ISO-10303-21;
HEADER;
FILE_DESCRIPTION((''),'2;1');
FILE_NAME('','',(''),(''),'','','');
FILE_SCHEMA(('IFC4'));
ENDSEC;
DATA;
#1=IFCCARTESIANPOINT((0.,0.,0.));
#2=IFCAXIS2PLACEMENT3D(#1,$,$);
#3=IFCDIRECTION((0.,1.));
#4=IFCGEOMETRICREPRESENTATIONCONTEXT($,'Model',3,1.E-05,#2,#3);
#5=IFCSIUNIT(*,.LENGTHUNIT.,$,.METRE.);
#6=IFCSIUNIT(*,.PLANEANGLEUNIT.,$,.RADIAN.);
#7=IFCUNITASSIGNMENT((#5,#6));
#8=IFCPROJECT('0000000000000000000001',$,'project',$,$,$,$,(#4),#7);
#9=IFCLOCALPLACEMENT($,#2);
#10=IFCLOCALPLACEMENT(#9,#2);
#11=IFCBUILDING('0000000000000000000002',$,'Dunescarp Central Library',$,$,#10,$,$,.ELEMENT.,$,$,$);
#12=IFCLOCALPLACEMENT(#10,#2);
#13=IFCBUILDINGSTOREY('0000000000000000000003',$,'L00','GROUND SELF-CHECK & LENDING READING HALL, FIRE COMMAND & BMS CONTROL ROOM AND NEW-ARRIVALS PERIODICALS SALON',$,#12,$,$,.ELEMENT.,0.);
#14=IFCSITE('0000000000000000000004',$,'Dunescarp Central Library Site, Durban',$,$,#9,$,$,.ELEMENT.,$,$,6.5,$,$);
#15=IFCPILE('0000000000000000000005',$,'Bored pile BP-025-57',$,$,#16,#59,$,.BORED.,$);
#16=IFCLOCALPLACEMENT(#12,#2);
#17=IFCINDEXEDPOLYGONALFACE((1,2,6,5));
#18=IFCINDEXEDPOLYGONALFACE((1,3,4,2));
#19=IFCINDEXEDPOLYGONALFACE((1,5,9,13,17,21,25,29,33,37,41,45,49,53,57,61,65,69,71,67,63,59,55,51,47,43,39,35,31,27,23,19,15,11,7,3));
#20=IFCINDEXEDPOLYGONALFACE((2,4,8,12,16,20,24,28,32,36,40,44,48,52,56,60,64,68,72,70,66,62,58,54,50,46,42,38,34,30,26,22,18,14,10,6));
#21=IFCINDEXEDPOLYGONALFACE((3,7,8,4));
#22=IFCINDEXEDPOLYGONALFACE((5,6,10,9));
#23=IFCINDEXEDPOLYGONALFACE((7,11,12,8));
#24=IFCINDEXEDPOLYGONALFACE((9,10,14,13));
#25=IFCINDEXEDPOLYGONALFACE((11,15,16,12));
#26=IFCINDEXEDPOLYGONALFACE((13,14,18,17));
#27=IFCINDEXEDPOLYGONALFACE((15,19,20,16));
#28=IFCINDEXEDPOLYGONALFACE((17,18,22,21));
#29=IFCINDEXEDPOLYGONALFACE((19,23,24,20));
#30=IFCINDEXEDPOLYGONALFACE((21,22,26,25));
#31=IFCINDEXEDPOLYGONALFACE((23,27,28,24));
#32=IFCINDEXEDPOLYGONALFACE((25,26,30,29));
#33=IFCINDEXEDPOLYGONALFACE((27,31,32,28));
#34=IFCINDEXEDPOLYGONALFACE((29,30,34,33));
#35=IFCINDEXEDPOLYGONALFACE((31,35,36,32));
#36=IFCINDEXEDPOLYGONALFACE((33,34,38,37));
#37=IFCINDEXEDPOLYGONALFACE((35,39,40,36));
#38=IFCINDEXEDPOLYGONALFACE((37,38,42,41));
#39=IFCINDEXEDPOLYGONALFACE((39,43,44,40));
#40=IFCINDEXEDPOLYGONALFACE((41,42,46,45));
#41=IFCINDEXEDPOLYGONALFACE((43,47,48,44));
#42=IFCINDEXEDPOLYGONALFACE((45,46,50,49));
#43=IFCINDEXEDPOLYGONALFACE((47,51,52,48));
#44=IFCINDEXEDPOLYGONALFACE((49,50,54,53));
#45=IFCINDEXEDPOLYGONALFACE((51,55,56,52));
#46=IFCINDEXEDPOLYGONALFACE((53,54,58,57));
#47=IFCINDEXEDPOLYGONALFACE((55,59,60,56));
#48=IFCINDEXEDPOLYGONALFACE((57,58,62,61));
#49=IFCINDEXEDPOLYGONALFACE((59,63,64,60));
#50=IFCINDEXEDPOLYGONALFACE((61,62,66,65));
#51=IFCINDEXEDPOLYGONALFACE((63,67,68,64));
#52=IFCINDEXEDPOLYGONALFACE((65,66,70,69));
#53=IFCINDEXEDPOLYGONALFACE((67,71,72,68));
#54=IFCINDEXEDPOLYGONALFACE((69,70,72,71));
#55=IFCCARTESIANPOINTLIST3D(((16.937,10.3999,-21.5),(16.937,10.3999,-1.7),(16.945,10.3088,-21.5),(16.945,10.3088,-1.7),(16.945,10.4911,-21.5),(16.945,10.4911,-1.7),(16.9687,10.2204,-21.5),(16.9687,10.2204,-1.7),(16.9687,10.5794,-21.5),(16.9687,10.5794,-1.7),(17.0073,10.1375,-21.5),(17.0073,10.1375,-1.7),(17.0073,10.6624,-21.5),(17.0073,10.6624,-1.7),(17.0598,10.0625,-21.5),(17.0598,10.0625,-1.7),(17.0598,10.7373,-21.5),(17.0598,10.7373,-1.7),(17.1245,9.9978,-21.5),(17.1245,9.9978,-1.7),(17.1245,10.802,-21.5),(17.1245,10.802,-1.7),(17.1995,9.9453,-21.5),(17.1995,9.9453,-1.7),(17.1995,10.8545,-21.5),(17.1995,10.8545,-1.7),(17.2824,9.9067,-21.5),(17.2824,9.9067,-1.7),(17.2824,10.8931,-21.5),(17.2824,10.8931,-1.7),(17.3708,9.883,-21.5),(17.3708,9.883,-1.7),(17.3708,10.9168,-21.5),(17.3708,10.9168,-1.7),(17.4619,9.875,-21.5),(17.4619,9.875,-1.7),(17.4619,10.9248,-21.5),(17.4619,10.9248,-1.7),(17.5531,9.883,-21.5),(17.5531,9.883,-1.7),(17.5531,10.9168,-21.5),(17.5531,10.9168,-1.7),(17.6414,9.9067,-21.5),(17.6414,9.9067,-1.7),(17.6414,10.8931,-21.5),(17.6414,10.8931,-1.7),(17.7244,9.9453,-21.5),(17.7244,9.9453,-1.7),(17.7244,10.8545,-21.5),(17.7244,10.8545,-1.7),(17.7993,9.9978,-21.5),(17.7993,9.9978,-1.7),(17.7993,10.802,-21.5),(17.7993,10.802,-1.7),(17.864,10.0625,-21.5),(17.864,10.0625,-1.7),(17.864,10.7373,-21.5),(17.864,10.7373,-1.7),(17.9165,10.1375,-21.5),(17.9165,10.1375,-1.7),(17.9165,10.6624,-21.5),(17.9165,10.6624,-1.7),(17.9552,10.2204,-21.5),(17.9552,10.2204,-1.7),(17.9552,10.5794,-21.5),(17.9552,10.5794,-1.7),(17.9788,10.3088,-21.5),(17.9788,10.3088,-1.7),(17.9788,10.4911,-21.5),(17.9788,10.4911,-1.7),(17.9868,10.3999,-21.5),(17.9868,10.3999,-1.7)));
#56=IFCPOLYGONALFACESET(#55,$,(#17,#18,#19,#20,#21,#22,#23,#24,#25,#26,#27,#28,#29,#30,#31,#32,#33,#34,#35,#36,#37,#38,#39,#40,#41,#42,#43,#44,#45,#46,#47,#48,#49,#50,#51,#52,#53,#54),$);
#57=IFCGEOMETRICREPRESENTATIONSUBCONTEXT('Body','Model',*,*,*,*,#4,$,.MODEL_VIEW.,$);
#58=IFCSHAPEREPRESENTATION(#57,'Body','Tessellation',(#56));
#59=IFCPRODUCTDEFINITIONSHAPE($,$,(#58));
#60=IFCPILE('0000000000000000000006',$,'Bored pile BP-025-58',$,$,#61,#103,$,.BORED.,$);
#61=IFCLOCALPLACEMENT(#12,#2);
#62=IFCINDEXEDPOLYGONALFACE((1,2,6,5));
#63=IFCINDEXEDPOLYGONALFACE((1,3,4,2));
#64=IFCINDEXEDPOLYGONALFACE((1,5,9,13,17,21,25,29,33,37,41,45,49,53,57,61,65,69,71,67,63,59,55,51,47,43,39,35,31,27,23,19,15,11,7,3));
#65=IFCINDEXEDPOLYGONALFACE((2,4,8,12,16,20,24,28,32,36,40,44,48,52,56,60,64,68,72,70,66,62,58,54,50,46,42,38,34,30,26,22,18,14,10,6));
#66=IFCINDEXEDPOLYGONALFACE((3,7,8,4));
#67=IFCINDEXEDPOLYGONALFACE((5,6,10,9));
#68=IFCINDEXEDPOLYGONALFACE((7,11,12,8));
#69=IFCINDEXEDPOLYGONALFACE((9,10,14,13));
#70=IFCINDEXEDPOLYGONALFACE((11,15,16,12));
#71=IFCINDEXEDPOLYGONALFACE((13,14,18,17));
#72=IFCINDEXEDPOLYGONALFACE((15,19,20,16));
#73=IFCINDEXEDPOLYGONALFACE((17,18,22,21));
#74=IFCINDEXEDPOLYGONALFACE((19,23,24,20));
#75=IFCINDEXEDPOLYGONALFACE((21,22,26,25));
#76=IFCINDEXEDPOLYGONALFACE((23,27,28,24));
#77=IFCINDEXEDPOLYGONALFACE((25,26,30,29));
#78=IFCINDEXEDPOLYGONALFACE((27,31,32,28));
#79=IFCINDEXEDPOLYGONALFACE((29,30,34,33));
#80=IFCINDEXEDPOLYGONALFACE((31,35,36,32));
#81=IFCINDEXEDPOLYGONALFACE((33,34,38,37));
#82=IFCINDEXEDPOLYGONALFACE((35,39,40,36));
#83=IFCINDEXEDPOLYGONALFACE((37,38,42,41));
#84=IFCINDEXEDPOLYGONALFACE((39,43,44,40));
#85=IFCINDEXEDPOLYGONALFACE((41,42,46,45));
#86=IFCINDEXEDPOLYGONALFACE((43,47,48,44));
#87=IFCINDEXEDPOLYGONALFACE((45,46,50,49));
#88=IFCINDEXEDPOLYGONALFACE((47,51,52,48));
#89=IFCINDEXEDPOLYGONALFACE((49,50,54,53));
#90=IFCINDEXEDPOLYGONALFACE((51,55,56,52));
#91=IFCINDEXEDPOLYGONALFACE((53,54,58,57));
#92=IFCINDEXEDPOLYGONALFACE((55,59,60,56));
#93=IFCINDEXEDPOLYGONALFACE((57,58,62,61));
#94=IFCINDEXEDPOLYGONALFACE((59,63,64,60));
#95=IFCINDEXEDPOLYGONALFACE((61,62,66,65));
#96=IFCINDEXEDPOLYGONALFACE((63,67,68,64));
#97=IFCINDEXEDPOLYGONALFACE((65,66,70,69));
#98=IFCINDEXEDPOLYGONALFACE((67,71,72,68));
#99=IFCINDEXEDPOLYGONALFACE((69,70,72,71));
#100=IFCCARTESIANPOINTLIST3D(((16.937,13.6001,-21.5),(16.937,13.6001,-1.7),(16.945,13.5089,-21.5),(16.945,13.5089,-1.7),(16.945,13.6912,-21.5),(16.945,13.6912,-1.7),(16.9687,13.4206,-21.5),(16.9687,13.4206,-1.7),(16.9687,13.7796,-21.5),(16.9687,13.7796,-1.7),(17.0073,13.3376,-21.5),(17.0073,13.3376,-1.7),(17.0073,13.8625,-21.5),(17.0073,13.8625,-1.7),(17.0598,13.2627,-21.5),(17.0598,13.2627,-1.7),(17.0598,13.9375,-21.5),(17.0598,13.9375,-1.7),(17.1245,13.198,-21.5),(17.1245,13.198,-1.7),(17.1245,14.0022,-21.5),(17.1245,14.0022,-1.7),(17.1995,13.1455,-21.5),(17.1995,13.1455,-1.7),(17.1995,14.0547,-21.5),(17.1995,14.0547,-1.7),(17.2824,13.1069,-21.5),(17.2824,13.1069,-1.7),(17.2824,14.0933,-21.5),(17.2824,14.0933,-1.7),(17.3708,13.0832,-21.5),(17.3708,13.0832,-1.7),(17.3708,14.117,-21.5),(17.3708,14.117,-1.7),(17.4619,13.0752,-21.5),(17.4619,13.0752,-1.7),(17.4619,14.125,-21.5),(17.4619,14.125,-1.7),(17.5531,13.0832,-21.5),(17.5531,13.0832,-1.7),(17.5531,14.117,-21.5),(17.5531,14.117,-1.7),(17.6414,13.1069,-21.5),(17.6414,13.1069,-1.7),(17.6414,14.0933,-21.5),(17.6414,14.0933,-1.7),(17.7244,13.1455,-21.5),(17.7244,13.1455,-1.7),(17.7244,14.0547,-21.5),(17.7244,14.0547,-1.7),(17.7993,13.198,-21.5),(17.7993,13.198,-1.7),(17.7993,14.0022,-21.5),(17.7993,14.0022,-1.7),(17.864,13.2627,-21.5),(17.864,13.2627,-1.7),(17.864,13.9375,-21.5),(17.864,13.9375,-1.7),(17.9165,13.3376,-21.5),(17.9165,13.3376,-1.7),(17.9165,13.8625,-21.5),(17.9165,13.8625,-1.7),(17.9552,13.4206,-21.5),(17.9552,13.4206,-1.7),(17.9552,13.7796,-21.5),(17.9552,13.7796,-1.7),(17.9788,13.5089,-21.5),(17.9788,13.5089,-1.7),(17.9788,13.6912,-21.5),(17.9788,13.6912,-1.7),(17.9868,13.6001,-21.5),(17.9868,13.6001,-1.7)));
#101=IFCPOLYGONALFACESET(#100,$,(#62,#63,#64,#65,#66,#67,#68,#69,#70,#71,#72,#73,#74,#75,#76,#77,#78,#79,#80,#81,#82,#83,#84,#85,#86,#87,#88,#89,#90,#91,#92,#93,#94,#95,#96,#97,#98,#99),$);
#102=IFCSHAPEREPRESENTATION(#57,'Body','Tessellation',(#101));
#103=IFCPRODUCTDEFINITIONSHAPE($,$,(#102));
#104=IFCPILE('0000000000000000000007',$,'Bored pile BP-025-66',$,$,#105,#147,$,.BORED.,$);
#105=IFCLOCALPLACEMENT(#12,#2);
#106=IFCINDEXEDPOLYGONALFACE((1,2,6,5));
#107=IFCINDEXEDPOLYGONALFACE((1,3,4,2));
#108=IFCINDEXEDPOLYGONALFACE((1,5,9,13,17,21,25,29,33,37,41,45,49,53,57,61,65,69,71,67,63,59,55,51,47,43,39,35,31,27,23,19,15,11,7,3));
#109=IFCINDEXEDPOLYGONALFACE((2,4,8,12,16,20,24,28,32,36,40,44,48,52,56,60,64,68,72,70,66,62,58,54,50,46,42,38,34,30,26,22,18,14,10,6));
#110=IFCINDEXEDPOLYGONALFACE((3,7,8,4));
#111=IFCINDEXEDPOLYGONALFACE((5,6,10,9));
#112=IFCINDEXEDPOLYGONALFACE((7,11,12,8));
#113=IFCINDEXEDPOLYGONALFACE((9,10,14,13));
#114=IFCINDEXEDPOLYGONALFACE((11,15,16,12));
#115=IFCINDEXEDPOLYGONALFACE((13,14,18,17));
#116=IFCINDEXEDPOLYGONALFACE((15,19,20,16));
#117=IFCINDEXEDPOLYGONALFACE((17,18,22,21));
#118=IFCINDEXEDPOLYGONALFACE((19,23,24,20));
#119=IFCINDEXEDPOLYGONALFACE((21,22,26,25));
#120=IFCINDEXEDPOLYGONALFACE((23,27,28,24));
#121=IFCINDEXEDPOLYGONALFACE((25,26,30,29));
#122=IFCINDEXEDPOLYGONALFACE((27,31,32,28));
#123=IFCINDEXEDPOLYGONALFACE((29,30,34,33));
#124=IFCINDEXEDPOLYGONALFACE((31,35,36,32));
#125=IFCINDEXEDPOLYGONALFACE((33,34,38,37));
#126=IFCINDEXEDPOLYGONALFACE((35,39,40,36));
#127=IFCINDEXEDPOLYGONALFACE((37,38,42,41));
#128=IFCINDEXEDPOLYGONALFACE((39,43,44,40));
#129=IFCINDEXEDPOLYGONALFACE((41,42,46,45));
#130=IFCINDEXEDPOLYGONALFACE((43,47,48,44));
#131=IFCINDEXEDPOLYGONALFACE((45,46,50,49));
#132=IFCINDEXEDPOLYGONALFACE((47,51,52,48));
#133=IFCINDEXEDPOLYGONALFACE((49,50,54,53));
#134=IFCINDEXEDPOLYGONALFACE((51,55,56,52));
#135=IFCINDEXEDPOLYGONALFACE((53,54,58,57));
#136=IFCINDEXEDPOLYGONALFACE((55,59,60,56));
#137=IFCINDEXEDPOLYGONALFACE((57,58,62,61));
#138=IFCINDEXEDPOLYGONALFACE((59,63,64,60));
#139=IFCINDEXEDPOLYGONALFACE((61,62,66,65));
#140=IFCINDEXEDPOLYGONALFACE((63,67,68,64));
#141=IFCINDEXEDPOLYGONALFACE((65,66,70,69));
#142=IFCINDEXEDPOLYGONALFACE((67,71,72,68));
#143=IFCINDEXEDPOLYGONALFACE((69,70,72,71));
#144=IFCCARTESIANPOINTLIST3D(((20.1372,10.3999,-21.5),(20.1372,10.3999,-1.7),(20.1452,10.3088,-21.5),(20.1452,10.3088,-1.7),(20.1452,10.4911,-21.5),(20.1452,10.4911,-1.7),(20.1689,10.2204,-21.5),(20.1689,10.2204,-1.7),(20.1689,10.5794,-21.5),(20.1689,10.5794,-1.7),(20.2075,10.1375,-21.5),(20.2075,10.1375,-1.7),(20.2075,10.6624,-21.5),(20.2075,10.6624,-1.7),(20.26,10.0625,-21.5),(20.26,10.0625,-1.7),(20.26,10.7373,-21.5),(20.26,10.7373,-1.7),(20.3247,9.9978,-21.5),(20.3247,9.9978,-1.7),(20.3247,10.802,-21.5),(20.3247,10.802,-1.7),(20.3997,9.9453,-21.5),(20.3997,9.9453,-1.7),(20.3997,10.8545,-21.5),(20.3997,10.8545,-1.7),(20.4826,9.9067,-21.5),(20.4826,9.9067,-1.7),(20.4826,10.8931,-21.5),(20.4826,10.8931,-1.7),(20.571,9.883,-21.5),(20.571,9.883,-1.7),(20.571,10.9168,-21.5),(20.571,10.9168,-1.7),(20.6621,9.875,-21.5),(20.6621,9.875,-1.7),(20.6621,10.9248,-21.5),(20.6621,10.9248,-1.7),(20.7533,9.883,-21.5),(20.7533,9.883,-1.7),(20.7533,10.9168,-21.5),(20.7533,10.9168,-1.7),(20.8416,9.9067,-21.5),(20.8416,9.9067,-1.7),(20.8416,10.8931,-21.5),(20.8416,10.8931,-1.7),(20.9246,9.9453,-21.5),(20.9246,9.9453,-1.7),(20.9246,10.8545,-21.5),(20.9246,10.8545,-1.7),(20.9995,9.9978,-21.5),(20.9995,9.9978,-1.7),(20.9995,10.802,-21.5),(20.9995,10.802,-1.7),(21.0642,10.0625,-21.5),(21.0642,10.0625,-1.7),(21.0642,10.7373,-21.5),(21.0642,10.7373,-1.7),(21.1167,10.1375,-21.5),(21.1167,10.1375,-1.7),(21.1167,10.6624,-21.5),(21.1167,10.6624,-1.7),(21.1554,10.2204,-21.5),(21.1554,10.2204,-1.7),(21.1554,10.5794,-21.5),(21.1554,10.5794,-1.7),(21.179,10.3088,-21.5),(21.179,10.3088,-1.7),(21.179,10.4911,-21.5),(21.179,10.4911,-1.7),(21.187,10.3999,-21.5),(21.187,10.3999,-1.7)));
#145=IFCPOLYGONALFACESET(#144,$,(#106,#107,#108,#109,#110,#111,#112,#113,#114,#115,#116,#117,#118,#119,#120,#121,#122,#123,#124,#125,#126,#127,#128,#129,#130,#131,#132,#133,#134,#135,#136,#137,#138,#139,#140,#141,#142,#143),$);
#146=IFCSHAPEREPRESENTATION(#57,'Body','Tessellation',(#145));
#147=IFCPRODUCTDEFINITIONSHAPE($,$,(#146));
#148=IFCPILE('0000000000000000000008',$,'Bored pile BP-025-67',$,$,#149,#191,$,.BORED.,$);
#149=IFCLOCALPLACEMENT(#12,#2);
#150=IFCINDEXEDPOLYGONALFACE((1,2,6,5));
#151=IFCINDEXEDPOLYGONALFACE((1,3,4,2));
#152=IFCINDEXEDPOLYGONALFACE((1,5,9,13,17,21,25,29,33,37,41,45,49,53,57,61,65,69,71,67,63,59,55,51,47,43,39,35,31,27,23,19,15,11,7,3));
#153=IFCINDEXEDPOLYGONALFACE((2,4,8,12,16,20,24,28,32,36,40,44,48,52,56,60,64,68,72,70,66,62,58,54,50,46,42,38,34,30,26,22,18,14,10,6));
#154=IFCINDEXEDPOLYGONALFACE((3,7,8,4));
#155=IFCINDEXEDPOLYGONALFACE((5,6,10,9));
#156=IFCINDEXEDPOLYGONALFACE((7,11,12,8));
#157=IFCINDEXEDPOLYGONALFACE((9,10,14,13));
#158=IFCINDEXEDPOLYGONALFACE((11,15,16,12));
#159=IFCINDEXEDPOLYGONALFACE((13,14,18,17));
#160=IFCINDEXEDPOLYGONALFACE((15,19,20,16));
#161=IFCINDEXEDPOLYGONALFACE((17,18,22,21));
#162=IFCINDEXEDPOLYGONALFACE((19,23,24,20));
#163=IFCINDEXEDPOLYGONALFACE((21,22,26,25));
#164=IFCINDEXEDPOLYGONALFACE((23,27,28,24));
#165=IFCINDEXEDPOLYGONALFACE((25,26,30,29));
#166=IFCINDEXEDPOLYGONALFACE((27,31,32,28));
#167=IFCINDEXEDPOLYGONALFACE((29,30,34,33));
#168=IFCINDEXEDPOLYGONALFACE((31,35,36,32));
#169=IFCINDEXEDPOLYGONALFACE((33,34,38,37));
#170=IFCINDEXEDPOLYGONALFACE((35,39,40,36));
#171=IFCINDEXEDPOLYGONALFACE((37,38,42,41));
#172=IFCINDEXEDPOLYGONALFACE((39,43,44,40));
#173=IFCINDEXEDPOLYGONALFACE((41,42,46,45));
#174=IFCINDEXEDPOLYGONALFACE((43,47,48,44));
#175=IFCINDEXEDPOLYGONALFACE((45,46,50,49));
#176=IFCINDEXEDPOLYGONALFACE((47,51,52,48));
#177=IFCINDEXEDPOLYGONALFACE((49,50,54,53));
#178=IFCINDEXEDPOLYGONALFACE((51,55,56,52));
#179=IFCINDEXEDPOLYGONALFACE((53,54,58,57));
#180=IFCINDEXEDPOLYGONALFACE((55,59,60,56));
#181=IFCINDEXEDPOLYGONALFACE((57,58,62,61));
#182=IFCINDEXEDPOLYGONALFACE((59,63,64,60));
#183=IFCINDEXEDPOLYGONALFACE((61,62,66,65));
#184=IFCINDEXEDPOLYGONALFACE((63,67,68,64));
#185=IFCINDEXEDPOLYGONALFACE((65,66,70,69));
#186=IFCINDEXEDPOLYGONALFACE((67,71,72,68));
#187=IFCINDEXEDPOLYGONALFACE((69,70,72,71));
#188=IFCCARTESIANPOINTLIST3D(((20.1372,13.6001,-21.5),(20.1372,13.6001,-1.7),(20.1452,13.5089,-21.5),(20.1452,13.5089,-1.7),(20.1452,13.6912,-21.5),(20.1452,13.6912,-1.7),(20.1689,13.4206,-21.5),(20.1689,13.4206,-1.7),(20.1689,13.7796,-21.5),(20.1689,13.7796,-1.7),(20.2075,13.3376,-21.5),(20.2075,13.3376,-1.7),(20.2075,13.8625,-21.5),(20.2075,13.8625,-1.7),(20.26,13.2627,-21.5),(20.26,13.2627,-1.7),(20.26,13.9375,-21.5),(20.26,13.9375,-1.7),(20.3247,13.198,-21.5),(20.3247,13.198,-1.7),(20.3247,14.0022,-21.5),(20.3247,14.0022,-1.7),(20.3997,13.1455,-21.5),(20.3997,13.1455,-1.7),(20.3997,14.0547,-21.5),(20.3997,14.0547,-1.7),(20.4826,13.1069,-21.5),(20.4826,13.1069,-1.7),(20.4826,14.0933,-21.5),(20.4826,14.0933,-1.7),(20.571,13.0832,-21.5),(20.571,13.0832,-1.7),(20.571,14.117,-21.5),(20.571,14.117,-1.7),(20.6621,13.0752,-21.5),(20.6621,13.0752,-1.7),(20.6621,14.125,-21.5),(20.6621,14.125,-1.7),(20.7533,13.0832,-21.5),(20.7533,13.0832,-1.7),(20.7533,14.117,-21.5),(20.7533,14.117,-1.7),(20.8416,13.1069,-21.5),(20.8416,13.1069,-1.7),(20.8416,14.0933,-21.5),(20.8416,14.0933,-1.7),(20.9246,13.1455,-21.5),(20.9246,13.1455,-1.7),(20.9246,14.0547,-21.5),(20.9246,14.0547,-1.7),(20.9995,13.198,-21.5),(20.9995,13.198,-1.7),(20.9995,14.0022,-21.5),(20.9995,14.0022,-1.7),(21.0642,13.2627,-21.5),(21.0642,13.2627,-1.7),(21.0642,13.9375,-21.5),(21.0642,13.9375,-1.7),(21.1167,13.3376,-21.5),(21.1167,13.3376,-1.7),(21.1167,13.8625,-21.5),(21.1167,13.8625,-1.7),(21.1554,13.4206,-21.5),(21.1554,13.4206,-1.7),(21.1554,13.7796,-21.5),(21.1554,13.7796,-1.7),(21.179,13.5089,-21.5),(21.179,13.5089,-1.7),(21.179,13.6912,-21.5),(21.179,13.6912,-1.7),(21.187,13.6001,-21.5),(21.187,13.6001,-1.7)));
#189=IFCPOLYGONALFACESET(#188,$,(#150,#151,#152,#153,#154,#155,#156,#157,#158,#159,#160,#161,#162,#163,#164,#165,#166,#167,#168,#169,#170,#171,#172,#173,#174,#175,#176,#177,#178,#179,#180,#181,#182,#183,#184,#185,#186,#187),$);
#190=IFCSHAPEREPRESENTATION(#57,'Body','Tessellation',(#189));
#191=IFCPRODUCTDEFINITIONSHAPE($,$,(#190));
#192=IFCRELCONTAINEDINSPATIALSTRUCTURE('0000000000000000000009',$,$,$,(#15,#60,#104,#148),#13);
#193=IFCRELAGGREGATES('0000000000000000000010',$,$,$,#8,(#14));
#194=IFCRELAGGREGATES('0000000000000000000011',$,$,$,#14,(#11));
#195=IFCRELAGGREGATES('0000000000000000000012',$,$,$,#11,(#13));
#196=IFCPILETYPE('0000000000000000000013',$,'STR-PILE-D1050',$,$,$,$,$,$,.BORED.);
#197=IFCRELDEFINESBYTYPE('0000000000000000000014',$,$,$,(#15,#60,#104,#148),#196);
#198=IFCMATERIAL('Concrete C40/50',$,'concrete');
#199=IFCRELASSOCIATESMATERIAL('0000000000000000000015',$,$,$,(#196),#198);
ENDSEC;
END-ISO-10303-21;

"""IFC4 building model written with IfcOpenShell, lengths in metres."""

from ifc_helpers import new_model, si_unit, direction, frame, origin, origin_2d, place, context, subcontext, project, spatial, circle, extrude, material, material_profile, profile_set, type_object, element, save


model = new_model("IFC4")

# Units and contexts
model_context = context("Model", 3, precision=1e-05, world=origin(), true_north=direction((0.0, 1.0)))
body_context = subcontext(model_context, "Body", "Model", "MODEL_VIEW")
ifc_project = project(units=[si_unit("LENGTHUNIT", "METRE"), si_unit("PLANEANGLEUNIT", "RADIAN")], contexts=[model_context])

# Site, building, storey
site_placement = place(None, origin())
site = spatial("IfcSite", under=ifc_project, at=site_placement, Name="Dunescarp Central Library Site, Durban", CompositionType="ELEMENT", RefElevation=6.5)
building_placement = place(site_placement, origin())
building = spatial("IfcBuilding", under=site, at=building_placement, Name="Dunescarp Central Library", CompositionType="ELEMENT")
storey_placement = place(building_placement, origin())
storey = spatial("IfcBuildingStorey", under=building, at=storey_placement, Name="L00", Description="GROUND SELF-CHECK & LENDING READING HALL, FIRE COMMAND & BMS CONTROL ROOM AND NEW-ARRIVALS PERIODICALS SALON", CompositionType="ELEMENT", Elevation=0.0)

# Piles
ifc_material_1 = material(Name="Concrete C40/50", Category="concrete")
ifc_material_profile_1 = material_profile(ifc_material_1, circle(Radius=0.5249, at=origin_2d()), Name="PILE D1050")
ifc_profile_set_1 = profile_set([ifc_material_profile_1], Name="Concrete C40/50")
pile_type = type_object("IfcPileType", Name="STR-PILE-D1050", PredefinedType="BORED", material=ifc_profile_set_1)
for number, where, z_axis, x_axis, name in (
    (1, (17.4619, 10.3999, -1.7), (0.0, 0.0, -1.0), (1.0, 0.0, 0.0), "Bored pile BP-025-57"),
    (2, (17.4619, 13.6001, -1.7), (0.0, 0.0, -1.0), (1.0, 0.0, 0.0), "Bored pile BP-025-58"),
    (3, (20.6621, 10.3999, -1.7), (0.0, 0.0, -1.0), (1.0, 0.0, 0.0), "Bored pile BP-025-66"),
    (4, (20.6621, 13.6001, -1.7), (0.0, 0.0, -1.0), (1.0, 0.0, 0.0), "Bored pile BP-025-67"),
):
    element("IfcPile", number, at=place(storey_placement, frame(where, z_axis=z_axis, x_axis=x_axis)), inside=storey, type_object=pile_type, Name=name, PredefinedType="BORED", context=body_context, shape_type="SweptSolid", body=[
        extrude(circle(Radius=0.5249, at=origin_2d()), origin(), (0.0, 0.0, 1.0), 19.8),
    ])

save(model, "model.ifc")
